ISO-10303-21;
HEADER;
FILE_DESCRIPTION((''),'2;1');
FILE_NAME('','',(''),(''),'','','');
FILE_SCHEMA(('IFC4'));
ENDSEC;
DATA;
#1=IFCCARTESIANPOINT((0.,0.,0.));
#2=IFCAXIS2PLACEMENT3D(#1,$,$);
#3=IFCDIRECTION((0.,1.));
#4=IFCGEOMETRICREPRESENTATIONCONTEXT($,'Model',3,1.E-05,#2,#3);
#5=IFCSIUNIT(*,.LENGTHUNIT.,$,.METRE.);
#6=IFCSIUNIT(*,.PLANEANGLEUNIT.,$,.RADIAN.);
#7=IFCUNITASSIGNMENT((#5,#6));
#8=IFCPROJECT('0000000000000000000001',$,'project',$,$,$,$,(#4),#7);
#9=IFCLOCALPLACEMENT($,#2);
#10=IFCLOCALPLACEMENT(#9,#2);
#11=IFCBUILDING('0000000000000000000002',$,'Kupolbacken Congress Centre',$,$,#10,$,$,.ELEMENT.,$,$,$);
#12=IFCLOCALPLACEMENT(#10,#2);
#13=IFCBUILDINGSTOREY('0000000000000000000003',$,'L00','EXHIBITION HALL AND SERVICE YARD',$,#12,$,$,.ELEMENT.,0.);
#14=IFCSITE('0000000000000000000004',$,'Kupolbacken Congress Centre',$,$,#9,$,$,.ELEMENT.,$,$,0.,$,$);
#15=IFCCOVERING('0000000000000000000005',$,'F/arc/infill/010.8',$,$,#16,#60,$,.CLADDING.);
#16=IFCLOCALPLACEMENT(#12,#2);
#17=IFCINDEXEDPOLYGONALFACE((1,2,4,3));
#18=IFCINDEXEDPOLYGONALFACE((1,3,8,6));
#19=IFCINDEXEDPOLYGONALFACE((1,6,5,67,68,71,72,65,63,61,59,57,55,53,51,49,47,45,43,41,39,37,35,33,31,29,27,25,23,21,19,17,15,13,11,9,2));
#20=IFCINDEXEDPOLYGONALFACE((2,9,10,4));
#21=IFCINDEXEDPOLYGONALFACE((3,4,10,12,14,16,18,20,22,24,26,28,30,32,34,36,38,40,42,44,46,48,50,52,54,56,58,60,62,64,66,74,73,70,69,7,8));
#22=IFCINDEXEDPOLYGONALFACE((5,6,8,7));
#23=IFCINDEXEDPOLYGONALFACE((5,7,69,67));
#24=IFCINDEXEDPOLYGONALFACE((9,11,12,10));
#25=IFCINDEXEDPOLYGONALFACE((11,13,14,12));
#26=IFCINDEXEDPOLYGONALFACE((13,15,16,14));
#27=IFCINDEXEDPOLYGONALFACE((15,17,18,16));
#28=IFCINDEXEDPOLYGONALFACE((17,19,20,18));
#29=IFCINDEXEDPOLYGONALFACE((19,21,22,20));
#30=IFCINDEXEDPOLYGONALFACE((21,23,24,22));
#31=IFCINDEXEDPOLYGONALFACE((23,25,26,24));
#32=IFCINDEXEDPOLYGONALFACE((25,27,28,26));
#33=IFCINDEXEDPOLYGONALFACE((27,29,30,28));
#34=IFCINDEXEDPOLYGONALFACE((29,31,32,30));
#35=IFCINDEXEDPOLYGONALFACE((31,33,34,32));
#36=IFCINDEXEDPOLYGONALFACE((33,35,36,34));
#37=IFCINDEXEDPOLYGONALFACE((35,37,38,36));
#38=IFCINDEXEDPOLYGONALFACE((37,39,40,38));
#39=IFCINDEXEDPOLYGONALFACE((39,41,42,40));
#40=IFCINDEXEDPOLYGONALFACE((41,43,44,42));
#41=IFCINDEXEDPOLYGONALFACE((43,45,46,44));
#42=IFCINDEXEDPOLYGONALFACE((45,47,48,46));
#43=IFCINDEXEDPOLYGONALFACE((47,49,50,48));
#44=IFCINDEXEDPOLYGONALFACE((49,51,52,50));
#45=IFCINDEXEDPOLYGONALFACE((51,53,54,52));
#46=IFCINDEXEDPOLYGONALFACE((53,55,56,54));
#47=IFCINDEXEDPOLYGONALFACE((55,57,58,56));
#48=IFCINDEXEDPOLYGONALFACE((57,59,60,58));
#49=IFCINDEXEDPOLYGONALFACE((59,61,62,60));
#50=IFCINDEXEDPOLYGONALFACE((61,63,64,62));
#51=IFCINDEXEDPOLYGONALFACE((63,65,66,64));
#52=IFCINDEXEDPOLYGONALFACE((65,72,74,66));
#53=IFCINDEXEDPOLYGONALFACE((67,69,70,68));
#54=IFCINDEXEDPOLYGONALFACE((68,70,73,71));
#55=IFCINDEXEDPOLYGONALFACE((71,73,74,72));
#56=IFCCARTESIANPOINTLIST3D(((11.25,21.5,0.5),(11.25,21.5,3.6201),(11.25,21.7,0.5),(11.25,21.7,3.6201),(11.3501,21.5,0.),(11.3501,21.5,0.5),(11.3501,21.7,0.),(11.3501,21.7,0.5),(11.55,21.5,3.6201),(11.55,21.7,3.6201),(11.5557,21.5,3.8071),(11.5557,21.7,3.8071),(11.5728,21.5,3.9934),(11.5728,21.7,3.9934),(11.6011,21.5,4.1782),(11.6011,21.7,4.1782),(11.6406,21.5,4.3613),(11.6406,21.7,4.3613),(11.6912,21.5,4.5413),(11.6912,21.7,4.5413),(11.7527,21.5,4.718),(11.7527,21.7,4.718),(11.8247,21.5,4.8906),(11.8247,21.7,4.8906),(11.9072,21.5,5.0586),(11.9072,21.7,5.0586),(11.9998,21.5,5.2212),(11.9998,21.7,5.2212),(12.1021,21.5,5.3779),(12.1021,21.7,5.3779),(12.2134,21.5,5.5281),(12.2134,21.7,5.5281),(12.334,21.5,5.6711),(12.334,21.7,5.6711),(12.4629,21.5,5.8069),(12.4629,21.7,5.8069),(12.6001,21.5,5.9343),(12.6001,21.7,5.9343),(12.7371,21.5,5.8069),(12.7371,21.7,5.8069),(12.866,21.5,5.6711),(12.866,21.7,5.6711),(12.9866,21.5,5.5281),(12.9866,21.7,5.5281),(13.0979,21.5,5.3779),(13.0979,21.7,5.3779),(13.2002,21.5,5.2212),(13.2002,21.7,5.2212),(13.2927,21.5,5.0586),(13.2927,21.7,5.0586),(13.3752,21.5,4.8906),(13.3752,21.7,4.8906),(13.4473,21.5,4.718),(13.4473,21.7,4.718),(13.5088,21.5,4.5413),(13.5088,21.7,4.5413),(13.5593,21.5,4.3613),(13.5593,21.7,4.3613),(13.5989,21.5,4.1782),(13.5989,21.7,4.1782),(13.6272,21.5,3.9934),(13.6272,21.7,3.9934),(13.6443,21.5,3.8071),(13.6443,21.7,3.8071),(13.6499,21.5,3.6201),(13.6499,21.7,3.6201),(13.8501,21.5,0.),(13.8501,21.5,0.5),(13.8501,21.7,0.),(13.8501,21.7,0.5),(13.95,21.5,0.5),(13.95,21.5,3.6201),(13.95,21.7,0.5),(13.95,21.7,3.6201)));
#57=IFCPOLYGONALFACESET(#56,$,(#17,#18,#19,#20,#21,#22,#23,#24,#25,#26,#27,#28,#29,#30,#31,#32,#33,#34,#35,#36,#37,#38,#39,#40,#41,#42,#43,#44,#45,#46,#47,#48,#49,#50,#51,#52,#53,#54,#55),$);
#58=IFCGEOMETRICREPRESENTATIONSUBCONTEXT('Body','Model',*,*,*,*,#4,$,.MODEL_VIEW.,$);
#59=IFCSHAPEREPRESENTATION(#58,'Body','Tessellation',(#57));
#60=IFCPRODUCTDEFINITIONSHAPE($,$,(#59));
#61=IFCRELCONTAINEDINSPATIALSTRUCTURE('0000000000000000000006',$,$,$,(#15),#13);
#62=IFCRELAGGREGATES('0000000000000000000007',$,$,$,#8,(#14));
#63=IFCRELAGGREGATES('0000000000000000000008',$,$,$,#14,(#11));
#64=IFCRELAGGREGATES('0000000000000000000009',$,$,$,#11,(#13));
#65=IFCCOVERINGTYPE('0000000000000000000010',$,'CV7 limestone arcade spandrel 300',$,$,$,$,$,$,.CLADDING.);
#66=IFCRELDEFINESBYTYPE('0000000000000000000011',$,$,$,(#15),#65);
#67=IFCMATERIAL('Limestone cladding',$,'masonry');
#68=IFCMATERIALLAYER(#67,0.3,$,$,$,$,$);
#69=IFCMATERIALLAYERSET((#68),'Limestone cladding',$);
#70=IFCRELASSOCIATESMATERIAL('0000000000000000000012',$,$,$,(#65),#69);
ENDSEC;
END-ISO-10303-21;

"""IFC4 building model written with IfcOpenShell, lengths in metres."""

from ifc_helpers import new_model, si_unit, direction, frame, origin, place, context, subcontext, project, spatial, polyline, outline, extrude, material, layer, layer_set, type_object, element, save


model = new_model("IFC4")

# Units and contexts
model_context = context("Model", 3, precision=1e-05, world=origin(), true_north=direction((0.0, 1.0)))
body_context = subcontext(model_context, "Body", "Model", "MODEL_VIEW")
ifc_project = project(units=[si_unit("LENGTHUNIT", "METRE"), si_unit("PLANEANGLEUNIT", "RADIAN")], contexts=[model_context])

# Site, building, storey
site_placement = place(None, origin())
site = spatial("IfcSite", under=ifc_project, at=site_placement, Name="Kupolbacken Congress Centre", CompositionType="ELEMENT", RefElevation=0.0)
building_placement = place(site_placement, origin())
building = spatial("IfcBuilding", under=site, at=building_placement, Name="Kupolbacken Congress Centre", CompositionType="ELEMENT")
storey_placement = place(building_placement, origin())
storey = spatial("IfcBuildingStorey", under=building, at=storey_placement, Name="L00", Description="EXHIBITION HALL AND SERVICE YARD", CompositionType="ELEMENT", Elevation=0.0)

# Covering
ifc_material_1 = material(Name="Limestone cladding", Category="masonry")
ifc_layer_1 = layer(ifc_material_1, 0.3)
ifc_layer_set_1 = layer_set([ifc_layer_1], Name="Limestone cladding")
covering_type_1 = type_object("IfcCoveringType", Name="CV7 limestone arcade spandrel 300", PredefinedType="CLADDING", material=ifc_layer_set_1)
for number, where, z_axis, x_axis, name in (
    (1, (11.25, 21.5, 3.6201), (0.0, 1.0, 0.0), (-1.0, 0.0, 0.0), "F/arc/infill/010.8"),
):
    element("IfcCovering", number, at=place(storey_placement, frame(where, z_axis=z_axis, x_axis=x_axis)), inside=storey, type_object=covering_type_1, Name=name, PredefinedType="CLADDING", context=body_context, shape_type="SweptSolid", body=[
        extrude(outline(polyline([(-0.1001, -3.6201), (-2.6001, -3.6201), (-2.6001, -3.1201), (-2.7, -3.1201), (-2.7, 0.0), (-2.3999, 0.0), (-2.3943, 0.187), (-2.3772, 0.3733), (-2.3489, 0.5581), (-2.3093, 0.7412), (-2.2588, 0.9211), (-2.1973, 1.0979), (-2.1252, 1.2705), (-2.0427, 1.4385), (-1.9502, 1.6011), (-1.8479, 1.7578), (-1.7366, 1.908), (-1.616, 2.051), (-1.4871, 2.1868), (-1.3501, 2.3142), (-1.2129, 2.1868), (-1.084, 2.051), (-0.9634, 1.908), (-0.8521, 1.7578), (-0.7498, 1.6011), (-0.6572, 1.4385), (-0.5747, 1.2705), (-0.5027, 1.0979), (-0.4412, 0.9211), (-0.3906, 0.7412), (-0.3511, 0.5581), (-0.3228, 0.3733), (-0.3057, 0.187), (-0.3, 0.0), (0.0, 0.0), (0.0, -3.1201), (-0.1001, -3.1201), (-0.1001, -3.6201)])), origin(), (0.0, 0.0, 1.0), 0.2),
    ])

save(model, "model.ifc")
